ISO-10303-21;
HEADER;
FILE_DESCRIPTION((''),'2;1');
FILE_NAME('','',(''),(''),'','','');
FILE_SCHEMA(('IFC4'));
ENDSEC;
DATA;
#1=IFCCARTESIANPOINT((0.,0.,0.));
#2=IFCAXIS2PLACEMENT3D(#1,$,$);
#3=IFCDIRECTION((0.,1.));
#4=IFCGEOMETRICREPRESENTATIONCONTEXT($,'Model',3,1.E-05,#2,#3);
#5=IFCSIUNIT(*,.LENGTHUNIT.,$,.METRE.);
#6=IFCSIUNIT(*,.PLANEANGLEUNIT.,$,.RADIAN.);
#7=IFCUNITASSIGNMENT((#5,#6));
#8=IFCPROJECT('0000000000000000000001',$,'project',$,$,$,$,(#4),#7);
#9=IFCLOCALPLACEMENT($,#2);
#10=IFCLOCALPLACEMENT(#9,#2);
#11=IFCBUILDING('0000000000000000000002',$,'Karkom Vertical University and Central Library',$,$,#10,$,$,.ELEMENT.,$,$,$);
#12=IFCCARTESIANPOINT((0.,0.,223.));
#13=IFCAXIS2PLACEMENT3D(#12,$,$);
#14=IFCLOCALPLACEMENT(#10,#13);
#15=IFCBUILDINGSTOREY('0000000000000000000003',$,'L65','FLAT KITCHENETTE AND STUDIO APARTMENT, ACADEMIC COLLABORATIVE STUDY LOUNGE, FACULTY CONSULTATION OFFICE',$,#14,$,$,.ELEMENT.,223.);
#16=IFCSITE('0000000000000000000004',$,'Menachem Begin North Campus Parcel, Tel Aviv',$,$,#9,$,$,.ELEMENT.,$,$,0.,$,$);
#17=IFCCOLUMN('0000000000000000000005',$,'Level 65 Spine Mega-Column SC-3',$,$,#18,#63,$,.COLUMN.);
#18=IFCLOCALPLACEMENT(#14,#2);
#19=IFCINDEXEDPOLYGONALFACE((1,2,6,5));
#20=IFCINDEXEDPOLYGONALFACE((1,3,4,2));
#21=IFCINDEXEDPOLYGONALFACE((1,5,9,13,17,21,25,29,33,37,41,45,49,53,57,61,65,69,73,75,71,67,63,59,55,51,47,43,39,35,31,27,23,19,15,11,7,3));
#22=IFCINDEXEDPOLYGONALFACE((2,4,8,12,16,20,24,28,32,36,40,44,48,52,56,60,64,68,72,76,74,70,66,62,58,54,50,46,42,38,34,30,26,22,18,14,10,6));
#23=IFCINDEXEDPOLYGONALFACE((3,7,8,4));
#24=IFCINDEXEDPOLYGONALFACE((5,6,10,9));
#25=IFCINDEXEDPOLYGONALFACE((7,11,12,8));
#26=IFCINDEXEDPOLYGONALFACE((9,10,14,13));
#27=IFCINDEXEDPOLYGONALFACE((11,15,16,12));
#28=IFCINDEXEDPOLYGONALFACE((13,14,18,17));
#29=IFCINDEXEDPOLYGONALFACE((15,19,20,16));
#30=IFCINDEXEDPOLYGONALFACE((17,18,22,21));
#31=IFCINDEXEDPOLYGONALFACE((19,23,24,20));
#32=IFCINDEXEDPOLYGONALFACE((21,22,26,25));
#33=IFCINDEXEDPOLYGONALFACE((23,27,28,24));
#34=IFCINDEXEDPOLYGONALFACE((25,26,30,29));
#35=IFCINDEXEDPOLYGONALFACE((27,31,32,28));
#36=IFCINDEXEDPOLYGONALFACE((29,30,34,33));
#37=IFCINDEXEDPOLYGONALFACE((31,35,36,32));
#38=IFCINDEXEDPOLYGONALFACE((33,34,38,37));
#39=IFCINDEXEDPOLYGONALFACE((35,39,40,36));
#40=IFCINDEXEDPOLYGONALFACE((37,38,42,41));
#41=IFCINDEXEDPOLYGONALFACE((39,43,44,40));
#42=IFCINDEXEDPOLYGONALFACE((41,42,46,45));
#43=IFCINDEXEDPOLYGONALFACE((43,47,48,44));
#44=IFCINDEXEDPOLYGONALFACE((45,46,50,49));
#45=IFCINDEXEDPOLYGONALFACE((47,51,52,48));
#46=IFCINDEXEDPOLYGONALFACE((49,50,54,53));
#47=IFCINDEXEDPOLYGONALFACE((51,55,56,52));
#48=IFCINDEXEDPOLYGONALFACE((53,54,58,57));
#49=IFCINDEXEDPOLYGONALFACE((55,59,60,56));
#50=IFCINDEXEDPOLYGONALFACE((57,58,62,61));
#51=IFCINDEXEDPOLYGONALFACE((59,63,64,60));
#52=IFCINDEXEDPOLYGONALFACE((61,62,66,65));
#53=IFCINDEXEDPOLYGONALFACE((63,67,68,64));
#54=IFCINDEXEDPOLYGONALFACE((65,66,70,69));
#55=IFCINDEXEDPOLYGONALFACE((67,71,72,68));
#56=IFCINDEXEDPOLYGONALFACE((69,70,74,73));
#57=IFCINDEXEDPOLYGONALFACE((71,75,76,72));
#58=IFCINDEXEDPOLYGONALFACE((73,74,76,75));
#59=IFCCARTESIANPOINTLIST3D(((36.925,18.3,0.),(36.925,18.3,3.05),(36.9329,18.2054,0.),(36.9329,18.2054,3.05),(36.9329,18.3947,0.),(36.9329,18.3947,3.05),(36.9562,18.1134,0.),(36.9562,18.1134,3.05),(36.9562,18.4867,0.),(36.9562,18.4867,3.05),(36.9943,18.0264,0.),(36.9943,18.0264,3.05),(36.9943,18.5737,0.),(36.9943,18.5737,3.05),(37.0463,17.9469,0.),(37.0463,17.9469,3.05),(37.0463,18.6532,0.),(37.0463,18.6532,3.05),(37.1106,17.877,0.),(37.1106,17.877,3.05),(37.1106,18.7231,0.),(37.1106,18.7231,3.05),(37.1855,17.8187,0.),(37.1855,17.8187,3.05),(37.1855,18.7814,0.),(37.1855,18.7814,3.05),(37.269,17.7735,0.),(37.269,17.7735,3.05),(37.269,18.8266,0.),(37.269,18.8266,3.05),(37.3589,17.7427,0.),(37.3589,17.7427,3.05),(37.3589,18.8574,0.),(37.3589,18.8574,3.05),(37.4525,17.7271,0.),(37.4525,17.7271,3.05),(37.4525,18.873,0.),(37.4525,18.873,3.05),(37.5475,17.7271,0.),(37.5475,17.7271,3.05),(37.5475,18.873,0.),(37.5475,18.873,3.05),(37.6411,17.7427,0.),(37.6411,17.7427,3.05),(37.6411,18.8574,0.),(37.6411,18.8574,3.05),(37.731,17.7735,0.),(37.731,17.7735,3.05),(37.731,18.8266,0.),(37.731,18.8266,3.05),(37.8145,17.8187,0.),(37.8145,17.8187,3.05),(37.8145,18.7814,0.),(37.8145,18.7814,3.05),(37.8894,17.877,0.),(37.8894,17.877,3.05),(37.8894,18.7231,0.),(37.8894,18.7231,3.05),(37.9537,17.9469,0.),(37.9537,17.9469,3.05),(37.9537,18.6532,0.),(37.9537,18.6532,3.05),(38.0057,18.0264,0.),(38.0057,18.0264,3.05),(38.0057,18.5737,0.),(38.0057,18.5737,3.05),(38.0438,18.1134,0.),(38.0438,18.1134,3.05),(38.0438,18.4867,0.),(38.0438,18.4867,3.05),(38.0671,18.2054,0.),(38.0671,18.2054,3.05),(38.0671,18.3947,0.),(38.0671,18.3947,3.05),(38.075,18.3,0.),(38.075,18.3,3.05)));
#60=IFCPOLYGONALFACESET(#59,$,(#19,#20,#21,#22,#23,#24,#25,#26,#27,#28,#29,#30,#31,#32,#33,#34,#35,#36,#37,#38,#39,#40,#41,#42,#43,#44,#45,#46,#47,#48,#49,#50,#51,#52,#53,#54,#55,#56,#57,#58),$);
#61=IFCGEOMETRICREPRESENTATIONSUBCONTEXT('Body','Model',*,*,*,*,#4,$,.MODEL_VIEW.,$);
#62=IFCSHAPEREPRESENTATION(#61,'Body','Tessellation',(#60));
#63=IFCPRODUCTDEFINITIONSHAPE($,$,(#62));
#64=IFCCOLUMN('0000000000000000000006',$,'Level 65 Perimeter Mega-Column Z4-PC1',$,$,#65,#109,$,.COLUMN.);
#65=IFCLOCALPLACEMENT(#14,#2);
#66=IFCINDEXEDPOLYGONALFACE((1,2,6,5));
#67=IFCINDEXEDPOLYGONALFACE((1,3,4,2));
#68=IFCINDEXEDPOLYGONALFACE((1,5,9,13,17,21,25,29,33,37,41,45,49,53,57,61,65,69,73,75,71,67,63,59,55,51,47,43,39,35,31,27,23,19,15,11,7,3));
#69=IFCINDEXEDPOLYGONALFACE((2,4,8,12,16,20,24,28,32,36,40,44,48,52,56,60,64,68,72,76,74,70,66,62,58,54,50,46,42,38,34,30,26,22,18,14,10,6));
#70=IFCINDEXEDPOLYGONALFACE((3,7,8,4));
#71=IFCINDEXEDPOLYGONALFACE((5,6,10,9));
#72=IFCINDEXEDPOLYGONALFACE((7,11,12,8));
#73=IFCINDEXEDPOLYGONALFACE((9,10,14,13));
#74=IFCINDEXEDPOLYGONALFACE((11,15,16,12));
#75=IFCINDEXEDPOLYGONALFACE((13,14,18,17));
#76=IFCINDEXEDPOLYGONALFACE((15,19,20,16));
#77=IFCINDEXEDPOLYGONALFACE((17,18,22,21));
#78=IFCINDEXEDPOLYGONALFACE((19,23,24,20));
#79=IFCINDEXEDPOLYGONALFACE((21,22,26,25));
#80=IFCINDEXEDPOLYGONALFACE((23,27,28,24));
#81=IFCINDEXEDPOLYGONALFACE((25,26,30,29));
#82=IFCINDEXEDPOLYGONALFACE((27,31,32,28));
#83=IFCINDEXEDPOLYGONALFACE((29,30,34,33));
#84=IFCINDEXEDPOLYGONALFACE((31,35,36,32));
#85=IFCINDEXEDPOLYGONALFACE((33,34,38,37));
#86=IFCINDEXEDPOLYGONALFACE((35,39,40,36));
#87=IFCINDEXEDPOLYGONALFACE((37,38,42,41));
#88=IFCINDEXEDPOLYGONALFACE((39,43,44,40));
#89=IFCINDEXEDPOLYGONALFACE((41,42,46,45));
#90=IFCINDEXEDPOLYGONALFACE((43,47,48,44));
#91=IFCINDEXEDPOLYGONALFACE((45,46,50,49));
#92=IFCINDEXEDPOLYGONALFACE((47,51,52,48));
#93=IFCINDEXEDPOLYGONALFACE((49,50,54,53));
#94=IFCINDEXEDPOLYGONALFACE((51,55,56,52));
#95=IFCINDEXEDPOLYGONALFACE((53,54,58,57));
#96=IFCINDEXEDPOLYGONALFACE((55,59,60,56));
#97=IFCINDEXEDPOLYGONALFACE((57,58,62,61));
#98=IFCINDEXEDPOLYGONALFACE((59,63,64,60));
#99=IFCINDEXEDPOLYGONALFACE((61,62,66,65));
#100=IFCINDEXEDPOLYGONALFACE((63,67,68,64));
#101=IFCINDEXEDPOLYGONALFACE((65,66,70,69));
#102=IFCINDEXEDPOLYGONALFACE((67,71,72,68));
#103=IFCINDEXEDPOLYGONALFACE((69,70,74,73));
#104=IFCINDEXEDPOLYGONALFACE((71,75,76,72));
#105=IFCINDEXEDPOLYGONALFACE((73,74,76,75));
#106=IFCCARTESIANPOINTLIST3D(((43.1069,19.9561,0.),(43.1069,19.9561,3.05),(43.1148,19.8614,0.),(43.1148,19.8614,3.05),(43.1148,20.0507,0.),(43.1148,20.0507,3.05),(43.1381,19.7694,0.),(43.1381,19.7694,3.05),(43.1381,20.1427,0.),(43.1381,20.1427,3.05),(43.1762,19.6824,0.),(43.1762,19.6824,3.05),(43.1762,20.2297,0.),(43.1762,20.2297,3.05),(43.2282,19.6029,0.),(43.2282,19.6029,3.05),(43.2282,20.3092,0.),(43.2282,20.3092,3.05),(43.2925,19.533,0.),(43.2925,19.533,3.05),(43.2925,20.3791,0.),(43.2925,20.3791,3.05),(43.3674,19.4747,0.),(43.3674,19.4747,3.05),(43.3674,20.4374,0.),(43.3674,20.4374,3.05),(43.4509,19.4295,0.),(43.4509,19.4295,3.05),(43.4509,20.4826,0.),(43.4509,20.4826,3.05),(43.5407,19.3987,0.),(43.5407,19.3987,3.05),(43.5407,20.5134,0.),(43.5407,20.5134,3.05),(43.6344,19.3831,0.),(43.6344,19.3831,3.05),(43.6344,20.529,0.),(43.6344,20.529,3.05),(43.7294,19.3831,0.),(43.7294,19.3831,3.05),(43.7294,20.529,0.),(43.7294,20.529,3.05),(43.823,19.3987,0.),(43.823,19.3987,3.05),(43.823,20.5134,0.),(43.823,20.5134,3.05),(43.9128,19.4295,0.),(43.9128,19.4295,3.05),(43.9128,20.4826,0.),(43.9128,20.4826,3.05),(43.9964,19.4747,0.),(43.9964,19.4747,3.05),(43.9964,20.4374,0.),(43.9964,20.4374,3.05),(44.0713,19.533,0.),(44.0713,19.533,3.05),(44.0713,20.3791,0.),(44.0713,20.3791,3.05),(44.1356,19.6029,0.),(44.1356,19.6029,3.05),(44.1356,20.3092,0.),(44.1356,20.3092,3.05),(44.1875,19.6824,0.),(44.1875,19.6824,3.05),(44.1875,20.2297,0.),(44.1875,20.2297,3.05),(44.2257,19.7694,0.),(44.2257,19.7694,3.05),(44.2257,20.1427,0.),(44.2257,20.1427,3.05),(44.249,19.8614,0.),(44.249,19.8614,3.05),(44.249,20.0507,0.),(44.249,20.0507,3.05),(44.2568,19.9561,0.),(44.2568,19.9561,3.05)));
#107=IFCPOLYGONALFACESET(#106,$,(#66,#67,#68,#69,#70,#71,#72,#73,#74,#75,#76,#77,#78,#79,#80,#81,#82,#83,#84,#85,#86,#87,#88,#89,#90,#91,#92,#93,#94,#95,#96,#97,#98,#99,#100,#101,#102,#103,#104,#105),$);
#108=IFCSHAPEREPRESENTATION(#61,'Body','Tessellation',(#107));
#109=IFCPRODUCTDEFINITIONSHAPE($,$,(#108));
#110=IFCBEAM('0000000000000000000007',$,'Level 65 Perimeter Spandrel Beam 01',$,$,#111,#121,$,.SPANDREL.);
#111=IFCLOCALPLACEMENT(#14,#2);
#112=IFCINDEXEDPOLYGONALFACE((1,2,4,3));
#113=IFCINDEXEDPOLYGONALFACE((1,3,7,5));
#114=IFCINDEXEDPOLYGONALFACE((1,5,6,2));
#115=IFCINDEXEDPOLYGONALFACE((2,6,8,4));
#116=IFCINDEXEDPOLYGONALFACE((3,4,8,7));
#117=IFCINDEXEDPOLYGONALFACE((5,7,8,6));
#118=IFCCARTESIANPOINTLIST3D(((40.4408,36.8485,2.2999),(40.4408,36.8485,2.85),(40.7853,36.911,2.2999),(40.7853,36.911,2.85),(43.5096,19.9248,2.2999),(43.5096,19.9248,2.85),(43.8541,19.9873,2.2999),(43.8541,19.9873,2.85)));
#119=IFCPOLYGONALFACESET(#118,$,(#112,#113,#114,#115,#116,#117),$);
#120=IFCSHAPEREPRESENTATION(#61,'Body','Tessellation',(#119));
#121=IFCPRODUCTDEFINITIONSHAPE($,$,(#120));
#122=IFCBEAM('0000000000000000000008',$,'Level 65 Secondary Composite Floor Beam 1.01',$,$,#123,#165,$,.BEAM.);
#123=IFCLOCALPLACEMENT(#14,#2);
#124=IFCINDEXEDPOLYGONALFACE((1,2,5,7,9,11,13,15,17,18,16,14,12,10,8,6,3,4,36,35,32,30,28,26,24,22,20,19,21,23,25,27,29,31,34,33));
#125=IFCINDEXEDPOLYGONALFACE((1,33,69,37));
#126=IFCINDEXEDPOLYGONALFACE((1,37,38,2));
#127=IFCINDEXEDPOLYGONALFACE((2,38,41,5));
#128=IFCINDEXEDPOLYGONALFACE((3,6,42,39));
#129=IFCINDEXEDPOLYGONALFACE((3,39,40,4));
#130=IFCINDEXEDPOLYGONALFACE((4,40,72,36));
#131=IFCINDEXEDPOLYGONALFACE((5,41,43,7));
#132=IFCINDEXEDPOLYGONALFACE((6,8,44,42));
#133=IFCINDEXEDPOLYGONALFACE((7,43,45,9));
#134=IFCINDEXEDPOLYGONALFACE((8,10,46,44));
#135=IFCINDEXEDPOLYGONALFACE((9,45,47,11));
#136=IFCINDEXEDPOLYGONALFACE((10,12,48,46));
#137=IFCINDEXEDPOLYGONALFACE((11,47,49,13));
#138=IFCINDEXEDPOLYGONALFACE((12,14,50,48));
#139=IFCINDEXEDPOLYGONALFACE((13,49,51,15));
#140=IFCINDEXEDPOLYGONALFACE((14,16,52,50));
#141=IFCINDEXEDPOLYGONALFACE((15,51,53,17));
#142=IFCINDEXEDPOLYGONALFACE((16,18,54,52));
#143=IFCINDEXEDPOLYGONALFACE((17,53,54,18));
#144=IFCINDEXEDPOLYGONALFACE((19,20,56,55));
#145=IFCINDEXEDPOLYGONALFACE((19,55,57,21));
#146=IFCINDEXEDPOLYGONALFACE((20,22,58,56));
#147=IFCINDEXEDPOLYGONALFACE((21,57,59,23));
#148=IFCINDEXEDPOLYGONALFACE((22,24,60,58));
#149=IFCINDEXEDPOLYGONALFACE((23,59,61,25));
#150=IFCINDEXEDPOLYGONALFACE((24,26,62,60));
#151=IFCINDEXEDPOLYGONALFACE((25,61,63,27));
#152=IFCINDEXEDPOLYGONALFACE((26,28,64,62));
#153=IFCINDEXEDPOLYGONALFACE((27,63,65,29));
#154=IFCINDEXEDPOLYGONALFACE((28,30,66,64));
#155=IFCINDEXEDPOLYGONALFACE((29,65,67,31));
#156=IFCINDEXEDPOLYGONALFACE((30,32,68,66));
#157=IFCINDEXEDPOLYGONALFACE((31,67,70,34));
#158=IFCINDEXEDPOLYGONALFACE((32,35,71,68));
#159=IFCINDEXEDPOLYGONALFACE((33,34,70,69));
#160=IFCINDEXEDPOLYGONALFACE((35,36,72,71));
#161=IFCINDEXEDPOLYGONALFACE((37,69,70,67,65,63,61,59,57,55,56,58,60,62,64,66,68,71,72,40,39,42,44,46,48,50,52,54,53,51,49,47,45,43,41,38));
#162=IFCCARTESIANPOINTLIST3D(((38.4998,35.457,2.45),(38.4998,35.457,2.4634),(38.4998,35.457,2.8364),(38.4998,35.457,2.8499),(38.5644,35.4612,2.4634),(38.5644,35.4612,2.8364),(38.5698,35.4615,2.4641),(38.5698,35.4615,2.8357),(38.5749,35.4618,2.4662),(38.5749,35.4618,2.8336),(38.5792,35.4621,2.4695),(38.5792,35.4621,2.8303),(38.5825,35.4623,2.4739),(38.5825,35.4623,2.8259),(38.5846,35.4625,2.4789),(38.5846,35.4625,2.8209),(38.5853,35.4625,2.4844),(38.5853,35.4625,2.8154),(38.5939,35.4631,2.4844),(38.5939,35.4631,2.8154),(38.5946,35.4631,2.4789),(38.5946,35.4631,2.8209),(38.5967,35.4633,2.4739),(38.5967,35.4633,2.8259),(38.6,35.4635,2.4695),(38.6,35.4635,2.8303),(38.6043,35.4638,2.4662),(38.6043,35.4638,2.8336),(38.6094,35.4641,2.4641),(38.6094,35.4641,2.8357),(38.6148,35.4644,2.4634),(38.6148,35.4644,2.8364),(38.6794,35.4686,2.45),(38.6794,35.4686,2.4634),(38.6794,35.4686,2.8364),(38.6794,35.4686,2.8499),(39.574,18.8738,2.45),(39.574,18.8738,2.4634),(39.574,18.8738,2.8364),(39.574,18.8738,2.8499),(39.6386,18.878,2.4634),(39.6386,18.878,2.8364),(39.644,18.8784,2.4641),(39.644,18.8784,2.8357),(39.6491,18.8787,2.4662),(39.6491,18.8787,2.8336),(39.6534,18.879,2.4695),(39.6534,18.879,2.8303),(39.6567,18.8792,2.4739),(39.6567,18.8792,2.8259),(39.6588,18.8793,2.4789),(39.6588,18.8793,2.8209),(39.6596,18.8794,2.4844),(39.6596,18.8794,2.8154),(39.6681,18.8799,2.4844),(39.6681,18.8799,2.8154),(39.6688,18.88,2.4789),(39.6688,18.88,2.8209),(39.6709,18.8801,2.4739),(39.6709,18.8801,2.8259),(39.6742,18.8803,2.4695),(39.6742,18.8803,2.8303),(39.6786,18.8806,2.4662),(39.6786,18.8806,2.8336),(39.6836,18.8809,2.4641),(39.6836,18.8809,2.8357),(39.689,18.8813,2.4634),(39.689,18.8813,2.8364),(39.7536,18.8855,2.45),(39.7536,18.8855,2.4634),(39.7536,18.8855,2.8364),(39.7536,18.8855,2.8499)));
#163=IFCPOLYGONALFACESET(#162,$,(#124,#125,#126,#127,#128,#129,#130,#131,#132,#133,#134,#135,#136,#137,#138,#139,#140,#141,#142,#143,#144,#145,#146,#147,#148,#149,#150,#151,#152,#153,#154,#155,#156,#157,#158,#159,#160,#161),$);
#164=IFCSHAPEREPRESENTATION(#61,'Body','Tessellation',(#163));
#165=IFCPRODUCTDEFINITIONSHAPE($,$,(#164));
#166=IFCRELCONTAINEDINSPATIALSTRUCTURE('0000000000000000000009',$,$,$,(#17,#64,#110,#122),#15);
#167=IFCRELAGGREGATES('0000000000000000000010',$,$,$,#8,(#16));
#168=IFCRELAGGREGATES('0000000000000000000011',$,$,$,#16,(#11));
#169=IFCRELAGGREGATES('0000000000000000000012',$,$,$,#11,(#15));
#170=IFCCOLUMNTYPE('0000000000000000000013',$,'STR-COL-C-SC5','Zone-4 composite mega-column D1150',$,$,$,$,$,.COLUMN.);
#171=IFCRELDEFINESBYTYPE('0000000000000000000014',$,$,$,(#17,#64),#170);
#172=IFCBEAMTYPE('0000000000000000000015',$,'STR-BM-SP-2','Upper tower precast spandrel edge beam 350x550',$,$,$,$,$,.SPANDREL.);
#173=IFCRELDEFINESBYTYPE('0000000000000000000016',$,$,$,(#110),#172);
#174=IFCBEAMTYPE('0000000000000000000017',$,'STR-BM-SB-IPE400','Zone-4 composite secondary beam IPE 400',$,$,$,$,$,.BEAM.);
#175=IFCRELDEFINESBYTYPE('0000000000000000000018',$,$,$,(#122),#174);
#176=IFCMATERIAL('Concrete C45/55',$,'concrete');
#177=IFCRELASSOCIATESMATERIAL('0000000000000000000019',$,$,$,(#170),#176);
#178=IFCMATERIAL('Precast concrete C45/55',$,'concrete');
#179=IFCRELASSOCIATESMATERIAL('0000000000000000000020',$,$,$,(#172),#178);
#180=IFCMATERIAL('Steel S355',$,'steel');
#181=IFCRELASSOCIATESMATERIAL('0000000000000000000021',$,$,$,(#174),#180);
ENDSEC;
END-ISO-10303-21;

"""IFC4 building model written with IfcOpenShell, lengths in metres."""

from ifc_helpers import new_model, si_unit, direction, frame, origin, origin_with_axes, origin_2d, place, context, subcontext, project, spatial, rectangle, circle, i_section, extrude, source, transform, mapped, material, material_profile, profile_set, type_object, element, save


model = new_model("IFC4")

# Units and contexts
model_context = context("Model", 3, precision=1e-05, world=origin(), true_north=direction((0.0, 1.0)))
body_context = subcontext(model_context, "Body", "Model", "MODEL_VIEW")
ifc_project = project(units=[si_unit("LENGTHUNIT", "METRE"), si_unit("PLANEANGLEUNIT", "RADIAN")], contexts=[model_context])

# Site, building, storey
site_placement = place(None, origin())
site = spatial("IfcSite", under=ifc_project, at=site_placement, Name="Menachem Begin North Campus Parcel, Tel Aviv", CompositionType="ELEMENT", RefElevation=0.0)
building_placement = place(site_placement, origin())
building = spatial("IfcBuilding", under=site, at=building_placement, Name="Karkom Vertical University and Central Library", CompositionType="ELEMENT")
storey_placement = place(building_placement, frame((0.0, 0.0, 223.0)))
storey = spatial("IfcBuildingStorey", under=building, at=storey_placement, Name="L65", Description="FLAT KITCHENETTE AND STUDIO APARTMENT, ACADEMIC COLLABORATIVE STUDY LOUNGE, FACULTY CONSULTATION OFFICE", CompositionType="ELEMENT", Elevation=223.0)

# Columns
ifc_material_1 = material(Name="Concrete C45/55", Category="concrete")
ifc_material_profile_1 = material_profile(ifc_material_1, circle(Radius=0.575, at=origin_2d()), Name="CFT-D1150")
ifc_profile_set_1 = profile_set([ifc_material_profile_1], Name="Concrete C45/55")
column_type = type_object("IfcColumnType", Name="STR-COL-C-SC5", Description="Zone-4 composite mega-column D1150", PredefinedType="COLUMN", material=ifc_profile_set_1)
shared_shape_1 = source(origin_with_axes(), body_context, "Body", "SweptSolid", [
    extrude(circle(Radius=0.575, at=origin_2d()), origin(), (0.0, 0.0, 1.0), 3.05),
])
for number, where, z_axis, x_axis, name in (
    (1, (37.5, 18.3, 0.0), (0.0, 0.0, 1.0), (1.0, 0.0, 0.0), "Level 65 Spine Mega-Column SC-3"),
    (2, (43.6819, 19.9561, 0.0), (0.0, 0.0, 1.0), (1.0, 0.0, 0.0), "Level 65 Perimeter Mega-Column Z4-PC1"),
):
    element("IfcColumn", number, at=place(storey_placement, frame(where, z_axis=z_axis, x_axis=x_axis)), inside=storey, type_object=column_type, Name=name, PredefinedType="COLUMN", context=body_context, shape_type="MappedRepresentation", body=[
        mapped(shared_shape_1, transform((0.0, 0.0, 0.0), scale=1.0)),
    ])

# Beams
ifc_material_2 = material(Name="Precast concrete C45/55", Category="concrete")
ifc_material_profile_2 = material_profile(ifc_material_2, rectangle(XDim=0.3501, YDim=0.55, at=origin_2d()), Name="SPB-350x550")
ifc_profile_set_2 = profile_set([ifc_material_profile_2], Name="Precast concrete C45/55")
beam_type_1 = type_object("IfcBeamType", Name="STR-BM-SP-2", Description="Upper tower precast spandrel edge beam 350x550", PredefinedType="SPANDREL", material=ifc_profile_set_2)
shared_shape_2 = source(origin_with_axes(), body_context, "Body", "SweptSolid", [
    extrude(rectangle(XDim=0.3501, YDim=0.55, at=origin_2d()), origin(), (0.0, 0.0, 1.0), 17.1997),
])
beam_1_placement = place(storey_placement, frame((43.6819, 19.9561, 2.575), z_axis=(-0.178423, 0.983954, 0.0), x_axis=(-0.983954, -0.178423, 0.0)))
element("IfcBeam", 3, at=beam_1_placement, inside=storey, type_object=beam_type_1, Name="Level 65 Perimeter Spandrel Beam 01", PredefinedType="SPANDREL", context=body_context, shape_type="MappedRepresentation", body=[
    mapped(shared_shape_2, transform((0.0, 0.0, 0.0), scale=1.0)),
])
ifc_material_3 = material(Name="Steel S355", Category="steel")
ifc_material_profile_3 = material_profile(ifc_material_3, i_section(OverallWidth=0.1799, OverallDepth=0.3999, WebThickness=0.0085, FlangeThickness=0.0134, FilletRadius=0.021, at=origin_2d()), Name="IPE 400")
ifc_profile_set_3 = profile_set([ifc_material_profile_3], Name="Steel S355")
beam_type_2 = type_object("IfcBeamType", Name="STR-BM-SB-IPE400", Description="Zone-4 composite secondary beam IPE 400", PredefinedType="BEAM", material=ifc_profile_set_3)
shared_shape_3 = source(origin_with_axes(), body_context, "Body", "SweptSolid", [
    extrude(i_section(OverallWidth=0.1799, OverallDepth=0.3999, WebThickness=0.0085, FlangeThickness=0.0134, FilletRadius=0.021, at=origin_2d()), origin(), (0.0, 0.0, 1.0), 16.6179),
])
beam_2_placement = place(storey_placement, frame((39.6638, 18.8796, 2.6499), z_axis=(-0.064642, 0.997909, 0.0), x_axis=(-0.997909, -0.064642, 0.0)))
element("IfcBeam", 4, at=beam_2_placement, inside=storey, type_object=beam_type_2, Name="Level 65 Secondary Composite Floor Beam 1.01", PredefinedType="BEAM", context=body_context, shape_type="MappedRepresentation", body=[
    mapped(shared_shape_3, transform((0.0, 0.0, 0.0), scale=1.0)),
])

save(model, "model.ifc")
